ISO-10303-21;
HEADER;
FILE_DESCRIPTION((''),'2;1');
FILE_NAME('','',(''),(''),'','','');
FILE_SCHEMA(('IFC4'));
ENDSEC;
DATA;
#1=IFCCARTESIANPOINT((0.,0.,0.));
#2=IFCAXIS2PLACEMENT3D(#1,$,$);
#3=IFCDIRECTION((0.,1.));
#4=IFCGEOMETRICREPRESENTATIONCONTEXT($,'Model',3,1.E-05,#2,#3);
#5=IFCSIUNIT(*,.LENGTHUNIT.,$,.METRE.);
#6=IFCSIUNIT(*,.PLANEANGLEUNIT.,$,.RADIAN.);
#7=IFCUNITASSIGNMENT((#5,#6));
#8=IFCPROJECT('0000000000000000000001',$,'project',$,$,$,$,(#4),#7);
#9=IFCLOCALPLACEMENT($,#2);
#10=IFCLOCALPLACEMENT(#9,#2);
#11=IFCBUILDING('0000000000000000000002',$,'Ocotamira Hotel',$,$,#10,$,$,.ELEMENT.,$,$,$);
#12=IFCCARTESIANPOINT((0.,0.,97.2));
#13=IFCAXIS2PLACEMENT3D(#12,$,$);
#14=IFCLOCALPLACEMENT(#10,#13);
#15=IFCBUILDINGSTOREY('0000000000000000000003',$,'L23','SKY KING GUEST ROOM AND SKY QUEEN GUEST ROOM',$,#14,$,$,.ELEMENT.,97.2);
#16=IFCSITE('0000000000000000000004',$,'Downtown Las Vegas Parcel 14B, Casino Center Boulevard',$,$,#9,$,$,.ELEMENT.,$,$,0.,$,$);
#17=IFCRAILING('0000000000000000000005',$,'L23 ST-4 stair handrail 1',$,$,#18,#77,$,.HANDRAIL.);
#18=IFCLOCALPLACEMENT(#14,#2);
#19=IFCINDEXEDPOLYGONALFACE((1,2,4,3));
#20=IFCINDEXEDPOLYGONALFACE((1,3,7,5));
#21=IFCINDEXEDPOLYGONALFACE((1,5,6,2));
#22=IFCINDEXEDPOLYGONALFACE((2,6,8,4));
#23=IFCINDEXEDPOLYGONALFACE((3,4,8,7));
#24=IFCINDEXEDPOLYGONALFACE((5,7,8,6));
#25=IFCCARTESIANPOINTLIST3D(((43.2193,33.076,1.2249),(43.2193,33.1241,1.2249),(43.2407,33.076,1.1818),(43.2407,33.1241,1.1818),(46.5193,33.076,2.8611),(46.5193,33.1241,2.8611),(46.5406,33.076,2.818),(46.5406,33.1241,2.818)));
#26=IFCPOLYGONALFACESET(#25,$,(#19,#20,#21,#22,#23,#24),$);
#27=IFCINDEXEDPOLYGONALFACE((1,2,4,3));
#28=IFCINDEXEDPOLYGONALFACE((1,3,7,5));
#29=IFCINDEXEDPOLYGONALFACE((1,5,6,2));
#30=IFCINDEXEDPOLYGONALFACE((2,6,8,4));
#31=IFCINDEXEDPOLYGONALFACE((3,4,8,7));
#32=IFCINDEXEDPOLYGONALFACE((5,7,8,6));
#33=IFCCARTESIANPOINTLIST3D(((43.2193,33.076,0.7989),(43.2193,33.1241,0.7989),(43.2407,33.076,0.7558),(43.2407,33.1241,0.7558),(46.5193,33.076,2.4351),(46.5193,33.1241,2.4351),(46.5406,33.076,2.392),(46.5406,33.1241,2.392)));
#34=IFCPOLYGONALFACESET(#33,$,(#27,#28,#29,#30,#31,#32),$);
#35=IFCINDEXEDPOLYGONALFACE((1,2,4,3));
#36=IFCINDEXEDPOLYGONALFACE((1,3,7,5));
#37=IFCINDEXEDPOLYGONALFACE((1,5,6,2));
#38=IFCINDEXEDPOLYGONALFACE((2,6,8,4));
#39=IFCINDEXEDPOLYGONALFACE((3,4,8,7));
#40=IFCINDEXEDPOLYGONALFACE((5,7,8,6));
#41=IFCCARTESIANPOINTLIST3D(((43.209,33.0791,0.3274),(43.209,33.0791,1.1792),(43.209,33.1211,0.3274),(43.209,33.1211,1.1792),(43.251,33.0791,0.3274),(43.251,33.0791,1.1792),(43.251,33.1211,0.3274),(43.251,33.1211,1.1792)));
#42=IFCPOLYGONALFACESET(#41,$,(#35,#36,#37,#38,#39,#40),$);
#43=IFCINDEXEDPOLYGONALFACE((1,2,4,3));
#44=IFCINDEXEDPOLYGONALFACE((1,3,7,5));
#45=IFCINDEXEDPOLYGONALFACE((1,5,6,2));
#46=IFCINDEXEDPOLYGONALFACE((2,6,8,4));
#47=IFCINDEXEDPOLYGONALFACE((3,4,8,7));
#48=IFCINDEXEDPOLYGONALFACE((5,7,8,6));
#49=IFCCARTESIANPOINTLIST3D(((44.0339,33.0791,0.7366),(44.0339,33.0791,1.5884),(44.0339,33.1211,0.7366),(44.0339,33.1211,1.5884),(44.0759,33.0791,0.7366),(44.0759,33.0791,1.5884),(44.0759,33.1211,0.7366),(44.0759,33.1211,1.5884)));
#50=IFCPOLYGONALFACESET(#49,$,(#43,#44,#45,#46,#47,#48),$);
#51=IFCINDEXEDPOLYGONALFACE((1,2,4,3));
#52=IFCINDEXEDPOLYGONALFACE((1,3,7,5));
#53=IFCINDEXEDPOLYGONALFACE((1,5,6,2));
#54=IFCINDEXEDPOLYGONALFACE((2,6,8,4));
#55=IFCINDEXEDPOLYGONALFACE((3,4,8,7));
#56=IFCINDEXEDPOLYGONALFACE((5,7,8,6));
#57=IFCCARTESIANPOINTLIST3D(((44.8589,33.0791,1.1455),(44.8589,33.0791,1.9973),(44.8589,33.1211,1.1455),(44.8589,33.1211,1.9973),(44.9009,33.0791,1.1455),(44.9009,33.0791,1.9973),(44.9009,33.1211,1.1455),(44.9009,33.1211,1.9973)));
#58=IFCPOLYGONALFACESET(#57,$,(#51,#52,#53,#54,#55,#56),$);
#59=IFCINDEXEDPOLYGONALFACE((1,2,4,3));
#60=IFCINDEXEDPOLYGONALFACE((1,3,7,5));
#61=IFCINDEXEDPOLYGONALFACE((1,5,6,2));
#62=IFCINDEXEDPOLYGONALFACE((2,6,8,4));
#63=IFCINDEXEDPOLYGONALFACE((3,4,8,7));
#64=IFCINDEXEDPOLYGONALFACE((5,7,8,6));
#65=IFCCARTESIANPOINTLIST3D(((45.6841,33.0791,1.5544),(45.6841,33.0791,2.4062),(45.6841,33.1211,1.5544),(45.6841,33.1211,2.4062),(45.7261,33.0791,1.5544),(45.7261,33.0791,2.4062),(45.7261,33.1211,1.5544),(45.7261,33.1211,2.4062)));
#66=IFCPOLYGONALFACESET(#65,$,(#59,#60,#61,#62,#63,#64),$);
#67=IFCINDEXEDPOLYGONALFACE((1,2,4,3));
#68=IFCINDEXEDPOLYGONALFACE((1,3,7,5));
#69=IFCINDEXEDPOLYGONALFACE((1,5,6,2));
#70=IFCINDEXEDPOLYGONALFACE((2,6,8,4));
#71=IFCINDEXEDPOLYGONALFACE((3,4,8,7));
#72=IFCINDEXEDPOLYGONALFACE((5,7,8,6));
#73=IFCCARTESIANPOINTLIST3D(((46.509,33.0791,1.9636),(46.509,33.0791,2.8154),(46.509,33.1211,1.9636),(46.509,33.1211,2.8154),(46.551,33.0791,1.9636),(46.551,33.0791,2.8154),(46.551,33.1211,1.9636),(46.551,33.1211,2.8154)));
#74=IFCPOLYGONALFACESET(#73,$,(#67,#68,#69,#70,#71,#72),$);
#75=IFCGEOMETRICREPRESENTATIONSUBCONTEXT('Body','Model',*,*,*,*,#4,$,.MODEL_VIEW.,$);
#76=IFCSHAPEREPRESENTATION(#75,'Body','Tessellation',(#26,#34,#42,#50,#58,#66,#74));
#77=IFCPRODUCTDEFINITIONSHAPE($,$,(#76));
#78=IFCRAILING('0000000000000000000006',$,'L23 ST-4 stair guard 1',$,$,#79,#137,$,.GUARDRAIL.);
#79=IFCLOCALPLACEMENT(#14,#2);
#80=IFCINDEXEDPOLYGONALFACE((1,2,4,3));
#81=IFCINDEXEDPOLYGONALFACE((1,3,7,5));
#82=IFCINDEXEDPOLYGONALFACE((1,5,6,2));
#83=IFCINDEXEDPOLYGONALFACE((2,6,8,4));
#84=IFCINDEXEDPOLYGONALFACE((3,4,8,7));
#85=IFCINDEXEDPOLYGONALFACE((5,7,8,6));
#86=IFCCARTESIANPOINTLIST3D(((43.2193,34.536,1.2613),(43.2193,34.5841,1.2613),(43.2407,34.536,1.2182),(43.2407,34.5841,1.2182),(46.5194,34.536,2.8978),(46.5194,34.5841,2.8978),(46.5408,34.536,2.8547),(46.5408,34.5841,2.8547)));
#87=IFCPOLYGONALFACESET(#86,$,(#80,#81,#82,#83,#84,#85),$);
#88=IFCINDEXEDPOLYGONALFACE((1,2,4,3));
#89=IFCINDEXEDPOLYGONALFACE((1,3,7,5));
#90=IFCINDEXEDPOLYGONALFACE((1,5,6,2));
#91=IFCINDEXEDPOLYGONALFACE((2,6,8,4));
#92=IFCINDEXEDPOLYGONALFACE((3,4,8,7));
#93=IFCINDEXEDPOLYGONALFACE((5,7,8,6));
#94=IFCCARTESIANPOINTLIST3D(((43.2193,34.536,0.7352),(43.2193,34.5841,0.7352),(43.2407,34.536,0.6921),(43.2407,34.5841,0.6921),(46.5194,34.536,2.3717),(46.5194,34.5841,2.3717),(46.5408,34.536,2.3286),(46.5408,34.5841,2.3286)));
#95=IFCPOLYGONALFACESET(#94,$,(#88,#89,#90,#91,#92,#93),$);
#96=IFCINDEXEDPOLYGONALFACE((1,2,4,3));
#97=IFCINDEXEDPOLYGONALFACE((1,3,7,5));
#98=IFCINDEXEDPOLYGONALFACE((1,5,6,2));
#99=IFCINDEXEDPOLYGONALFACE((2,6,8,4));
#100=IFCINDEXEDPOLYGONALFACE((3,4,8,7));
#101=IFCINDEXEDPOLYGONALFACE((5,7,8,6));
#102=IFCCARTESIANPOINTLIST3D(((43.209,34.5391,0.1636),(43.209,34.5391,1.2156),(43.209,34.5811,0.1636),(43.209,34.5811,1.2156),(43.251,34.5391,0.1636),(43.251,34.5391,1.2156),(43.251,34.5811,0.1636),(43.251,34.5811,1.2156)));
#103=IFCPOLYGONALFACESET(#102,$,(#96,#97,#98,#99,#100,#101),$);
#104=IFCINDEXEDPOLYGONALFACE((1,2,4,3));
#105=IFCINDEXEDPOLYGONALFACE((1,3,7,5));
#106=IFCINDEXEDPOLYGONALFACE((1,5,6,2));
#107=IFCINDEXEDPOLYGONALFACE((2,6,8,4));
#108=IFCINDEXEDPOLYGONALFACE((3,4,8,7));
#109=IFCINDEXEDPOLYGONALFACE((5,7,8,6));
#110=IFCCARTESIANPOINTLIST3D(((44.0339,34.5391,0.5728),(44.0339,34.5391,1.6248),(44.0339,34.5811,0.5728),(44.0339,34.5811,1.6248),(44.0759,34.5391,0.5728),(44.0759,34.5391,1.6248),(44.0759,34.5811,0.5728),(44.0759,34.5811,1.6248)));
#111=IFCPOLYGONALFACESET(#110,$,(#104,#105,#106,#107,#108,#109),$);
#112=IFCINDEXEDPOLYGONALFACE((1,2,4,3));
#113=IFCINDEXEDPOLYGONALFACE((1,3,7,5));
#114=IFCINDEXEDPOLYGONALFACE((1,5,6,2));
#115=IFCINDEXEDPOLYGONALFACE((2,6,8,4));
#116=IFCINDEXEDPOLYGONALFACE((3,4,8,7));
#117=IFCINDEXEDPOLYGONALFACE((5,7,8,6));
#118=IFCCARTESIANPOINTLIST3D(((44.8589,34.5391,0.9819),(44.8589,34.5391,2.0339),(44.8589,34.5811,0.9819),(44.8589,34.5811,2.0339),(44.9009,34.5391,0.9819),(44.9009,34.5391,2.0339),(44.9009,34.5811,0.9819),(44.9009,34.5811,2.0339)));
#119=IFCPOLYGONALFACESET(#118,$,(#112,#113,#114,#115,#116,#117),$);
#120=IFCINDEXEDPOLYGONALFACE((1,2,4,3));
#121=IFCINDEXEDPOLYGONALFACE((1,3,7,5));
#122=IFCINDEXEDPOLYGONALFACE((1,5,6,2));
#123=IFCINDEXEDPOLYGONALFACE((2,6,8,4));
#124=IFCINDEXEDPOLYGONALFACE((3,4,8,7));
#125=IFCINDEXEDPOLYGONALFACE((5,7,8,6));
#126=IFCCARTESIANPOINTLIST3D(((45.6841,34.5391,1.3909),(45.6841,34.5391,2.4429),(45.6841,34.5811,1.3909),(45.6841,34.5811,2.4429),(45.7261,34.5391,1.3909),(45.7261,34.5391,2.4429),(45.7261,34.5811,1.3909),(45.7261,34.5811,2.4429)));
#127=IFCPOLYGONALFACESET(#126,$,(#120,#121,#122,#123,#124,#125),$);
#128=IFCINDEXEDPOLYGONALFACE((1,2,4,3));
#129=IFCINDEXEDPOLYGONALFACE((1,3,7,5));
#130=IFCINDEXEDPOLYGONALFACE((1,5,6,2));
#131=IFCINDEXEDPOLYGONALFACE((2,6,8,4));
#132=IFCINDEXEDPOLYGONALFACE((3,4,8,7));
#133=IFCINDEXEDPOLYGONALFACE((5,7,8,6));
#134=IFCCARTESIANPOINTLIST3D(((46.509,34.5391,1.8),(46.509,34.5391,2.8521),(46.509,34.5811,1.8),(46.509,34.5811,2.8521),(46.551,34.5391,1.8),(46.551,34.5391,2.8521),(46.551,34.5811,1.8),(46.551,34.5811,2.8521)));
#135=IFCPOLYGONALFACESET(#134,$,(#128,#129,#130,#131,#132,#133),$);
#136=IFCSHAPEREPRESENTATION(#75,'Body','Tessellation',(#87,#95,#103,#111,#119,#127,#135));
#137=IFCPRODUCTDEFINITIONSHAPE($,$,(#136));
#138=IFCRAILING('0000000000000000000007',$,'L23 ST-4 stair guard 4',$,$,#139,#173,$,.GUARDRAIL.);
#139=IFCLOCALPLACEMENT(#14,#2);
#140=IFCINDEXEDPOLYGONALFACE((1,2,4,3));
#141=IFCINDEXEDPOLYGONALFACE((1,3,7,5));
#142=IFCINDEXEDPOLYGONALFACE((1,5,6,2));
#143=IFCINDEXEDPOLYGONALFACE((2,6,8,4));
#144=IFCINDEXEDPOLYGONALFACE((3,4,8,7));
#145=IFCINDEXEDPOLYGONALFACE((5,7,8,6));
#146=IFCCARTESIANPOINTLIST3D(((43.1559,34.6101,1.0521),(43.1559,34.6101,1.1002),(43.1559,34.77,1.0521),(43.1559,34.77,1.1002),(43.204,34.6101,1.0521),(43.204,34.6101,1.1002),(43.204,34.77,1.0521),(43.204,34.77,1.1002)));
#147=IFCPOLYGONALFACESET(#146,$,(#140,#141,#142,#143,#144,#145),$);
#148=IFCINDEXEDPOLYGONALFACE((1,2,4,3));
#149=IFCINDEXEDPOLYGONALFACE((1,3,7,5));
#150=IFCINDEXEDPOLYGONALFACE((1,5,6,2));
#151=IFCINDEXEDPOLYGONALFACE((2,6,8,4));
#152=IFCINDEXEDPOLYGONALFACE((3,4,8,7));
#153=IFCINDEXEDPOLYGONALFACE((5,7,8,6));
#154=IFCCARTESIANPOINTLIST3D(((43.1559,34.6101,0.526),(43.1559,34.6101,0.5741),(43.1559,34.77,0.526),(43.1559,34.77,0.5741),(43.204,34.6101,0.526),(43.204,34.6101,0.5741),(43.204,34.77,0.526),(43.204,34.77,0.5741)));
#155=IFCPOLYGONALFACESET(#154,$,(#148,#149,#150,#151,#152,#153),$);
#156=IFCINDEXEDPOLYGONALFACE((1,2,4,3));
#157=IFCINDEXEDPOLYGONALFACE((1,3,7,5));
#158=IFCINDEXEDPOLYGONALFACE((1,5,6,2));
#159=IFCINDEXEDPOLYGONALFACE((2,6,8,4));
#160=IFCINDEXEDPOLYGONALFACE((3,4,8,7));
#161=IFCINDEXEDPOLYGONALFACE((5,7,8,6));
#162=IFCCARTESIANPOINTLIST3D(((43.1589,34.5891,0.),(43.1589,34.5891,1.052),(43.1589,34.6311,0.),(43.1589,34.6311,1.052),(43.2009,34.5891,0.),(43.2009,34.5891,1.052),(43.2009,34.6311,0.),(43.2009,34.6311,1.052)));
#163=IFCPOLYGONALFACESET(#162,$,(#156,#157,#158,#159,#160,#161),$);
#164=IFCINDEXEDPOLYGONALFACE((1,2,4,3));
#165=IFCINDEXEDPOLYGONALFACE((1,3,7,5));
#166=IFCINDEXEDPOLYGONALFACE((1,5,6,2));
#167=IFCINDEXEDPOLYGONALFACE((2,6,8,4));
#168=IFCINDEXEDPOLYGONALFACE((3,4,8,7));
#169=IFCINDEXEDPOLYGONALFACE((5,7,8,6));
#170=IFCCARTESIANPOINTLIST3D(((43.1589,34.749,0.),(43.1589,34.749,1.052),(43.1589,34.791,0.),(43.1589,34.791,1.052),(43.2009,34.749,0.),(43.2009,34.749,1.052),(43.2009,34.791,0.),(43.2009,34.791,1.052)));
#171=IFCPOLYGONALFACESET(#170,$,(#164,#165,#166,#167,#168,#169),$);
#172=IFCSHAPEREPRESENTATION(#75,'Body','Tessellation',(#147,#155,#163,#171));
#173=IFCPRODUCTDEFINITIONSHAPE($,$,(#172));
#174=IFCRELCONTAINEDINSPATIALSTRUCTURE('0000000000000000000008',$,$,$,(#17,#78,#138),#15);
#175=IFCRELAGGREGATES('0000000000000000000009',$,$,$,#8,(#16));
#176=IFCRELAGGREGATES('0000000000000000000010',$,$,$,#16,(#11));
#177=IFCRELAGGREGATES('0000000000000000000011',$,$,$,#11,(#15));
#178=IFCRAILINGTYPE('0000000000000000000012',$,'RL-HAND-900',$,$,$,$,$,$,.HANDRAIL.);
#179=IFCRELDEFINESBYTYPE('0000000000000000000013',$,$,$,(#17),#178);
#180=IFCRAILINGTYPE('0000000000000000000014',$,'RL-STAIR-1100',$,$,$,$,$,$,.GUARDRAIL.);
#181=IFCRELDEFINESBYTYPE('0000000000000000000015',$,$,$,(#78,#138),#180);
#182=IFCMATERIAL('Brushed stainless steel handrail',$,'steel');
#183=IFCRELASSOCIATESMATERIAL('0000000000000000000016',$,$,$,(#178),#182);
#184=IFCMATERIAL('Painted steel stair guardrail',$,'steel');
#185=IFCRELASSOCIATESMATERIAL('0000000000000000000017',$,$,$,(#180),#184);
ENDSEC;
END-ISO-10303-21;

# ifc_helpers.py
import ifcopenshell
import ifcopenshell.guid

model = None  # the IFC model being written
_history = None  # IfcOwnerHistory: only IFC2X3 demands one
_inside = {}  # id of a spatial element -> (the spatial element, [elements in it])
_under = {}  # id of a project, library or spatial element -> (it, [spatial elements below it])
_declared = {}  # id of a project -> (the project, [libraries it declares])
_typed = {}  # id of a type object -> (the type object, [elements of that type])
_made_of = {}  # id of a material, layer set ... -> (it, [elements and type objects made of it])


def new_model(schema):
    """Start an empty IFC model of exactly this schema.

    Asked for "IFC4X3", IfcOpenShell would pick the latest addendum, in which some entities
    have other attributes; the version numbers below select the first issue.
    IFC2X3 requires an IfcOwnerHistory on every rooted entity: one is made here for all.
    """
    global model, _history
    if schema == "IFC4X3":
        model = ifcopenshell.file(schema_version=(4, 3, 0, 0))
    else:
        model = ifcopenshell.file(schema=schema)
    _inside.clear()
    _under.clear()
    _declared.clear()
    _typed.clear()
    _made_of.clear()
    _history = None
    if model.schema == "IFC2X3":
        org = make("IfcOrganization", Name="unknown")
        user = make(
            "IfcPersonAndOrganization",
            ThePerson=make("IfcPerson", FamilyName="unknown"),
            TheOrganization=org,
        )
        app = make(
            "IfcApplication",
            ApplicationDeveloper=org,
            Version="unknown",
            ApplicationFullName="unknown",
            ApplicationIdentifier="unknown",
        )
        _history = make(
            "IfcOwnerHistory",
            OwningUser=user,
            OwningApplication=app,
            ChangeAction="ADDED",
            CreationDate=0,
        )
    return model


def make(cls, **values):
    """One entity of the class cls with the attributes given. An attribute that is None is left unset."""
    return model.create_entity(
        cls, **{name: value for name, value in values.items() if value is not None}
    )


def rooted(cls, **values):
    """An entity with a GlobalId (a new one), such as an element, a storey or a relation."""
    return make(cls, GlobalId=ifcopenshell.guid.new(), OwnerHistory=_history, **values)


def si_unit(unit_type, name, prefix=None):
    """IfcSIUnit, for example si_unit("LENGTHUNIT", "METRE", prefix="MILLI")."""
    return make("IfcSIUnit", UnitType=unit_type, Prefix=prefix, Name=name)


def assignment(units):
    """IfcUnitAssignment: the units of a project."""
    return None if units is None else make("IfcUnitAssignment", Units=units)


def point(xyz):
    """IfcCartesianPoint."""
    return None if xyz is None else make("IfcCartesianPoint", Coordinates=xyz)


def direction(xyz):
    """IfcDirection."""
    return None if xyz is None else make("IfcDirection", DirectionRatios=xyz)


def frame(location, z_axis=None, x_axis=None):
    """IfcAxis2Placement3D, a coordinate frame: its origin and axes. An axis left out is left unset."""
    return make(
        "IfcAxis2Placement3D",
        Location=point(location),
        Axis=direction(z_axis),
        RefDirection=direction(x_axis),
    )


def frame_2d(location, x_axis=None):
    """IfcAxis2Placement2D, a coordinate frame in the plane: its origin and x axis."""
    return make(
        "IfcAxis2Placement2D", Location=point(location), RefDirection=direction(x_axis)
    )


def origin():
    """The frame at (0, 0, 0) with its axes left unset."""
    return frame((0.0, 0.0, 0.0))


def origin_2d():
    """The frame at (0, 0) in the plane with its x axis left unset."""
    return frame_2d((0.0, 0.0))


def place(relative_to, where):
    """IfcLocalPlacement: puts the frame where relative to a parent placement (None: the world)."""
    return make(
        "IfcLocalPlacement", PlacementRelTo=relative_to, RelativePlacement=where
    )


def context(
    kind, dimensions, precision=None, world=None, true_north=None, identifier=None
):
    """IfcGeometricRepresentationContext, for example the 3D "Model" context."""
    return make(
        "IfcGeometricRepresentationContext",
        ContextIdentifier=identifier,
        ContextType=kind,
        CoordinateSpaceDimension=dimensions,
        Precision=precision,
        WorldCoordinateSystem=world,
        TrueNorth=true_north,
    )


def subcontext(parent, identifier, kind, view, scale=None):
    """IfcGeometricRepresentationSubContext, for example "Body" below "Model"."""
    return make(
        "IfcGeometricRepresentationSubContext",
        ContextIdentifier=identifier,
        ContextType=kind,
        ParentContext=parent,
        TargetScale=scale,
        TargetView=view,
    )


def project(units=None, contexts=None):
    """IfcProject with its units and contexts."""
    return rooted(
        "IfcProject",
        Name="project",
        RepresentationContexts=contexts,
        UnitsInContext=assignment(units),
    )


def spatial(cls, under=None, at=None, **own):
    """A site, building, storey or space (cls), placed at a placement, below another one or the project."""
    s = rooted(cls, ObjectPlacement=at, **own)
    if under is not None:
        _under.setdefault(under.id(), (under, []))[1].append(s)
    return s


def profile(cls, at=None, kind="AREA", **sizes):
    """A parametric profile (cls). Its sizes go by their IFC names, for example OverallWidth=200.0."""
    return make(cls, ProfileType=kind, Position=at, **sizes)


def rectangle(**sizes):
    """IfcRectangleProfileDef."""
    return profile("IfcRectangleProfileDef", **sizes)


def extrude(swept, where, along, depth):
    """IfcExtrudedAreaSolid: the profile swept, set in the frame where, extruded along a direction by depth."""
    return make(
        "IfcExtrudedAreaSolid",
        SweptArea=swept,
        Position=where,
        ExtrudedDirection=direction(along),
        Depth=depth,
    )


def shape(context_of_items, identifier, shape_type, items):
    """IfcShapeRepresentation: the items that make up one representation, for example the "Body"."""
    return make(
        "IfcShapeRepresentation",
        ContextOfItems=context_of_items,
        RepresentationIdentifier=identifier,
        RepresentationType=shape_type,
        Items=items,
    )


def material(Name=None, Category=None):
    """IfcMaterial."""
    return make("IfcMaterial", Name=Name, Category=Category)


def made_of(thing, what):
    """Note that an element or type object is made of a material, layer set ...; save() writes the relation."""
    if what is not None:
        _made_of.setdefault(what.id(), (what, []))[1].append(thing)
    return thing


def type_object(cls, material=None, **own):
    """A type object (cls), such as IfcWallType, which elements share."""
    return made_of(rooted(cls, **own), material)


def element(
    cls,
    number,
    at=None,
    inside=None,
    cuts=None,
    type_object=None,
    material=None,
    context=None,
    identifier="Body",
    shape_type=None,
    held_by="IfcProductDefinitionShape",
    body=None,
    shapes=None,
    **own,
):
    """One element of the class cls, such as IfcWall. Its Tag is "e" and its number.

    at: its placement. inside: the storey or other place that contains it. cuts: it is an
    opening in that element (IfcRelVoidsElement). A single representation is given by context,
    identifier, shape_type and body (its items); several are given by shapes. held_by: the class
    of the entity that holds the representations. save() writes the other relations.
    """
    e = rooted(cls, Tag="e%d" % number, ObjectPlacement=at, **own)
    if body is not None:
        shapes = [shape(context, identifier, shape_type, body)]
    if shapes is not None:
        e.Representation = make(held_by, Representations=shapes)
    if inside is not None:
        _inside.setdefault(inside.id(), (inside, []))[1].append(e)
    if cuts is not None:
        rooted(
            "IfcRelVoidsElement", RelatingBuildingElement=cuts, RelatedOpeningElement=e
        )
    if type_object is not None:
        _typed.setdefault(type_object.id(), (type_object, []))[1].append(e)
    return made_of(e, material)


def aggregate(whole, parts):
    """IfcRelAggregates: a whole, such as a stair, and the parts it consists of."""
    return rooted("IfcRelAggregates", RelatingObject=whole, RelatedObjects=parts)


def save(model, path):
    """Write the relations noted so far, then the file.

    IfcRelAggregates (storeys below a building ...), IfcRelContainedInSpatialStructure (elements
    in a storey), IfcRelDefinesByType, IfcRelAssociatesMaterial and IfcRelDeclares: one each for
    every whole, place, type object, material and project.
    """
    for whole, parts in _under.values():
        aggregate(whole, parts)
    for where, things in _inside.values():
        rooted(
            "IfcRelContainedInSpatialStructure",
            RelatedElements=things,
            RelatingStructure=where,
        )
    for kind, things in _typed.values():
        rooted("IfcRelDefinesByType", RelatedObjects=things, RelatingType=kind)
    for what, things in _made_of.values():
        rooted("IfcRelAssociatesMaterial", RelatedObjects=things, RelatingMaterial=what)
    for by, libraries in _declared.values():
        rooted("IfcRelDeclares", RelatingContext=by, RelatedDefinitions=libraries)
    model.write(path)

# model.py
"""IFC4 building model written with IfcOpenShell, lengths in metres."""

from ifc_helpers import new_model, si_unit, direction, frame, origin, origin_2d, place, context, subcontext, project, spatial, rectangle, extrude, material, type_object, element, save


model = new_model("IFC4")

# Units and contexts
model_context = context("Model", 3, precision=1e-05, world=origin(), true_north=direction((0.0, 1.0)))
body_context = subcontext(model_context, "Body", "Model", "MODEL_VIEW")
ifc_project = project(units=[si_unit("LENGTHUNIT", "METRE"), si_unit("PLANEANGLEUNIT", "RADIAN")], contexts=[model_context])

# Site, building, storey
site_placement = place(None, origin())
site = spatial("IfcSite", under=ifc_project, at=site_placement, Name="Downtown Las Vegas Parcel 14B, Casino Center Boulevard", CompositionType="ELEMENT", RefElevation=0.0)
building_placement = place(site_placement, origin())
building = spatial("IfcBuilding", under=site, at=building_placement, Name="Ocotamira Hotel", CompositionType="ELEMENT")
storey_placement = place(building_placement, frame((0.0, 0.0, 97.2)))
storey = spatial("IfcBuildingStorey", under=building, at=storey_placement, Name="L23", Description="SKY KING GUEST ROOM AND SKY QUEEN GUEST ROOM", CompositionType="ELEMENT", Elevation=97.2)

# Railings
ifc_material_1 = material(Name="Painted steel stair guardrail", Category="steel")
ifc_material_2 = material(Name="Brushed stainless steel handrail", Category="steel")
railing_type_1 = type_object("IfcRailingType", Name="RL-HAND-900", PredefinedType="HANDRAIL", material=ifc_material_2)
railing_1_placement = place(storey_placement, frame((43.23, 33.1001, 0.3274)))
element("IfcRailing", 1, at=railing_1_placement, inside=storey, type_object=railing_type_1, Name="L23 ST-4 stair handrail 1", PredefinedType="HANDRAIL", context=body_context, shape_type="SweptSolid", body=[
    extrude(rectangle(XDim=0.0481, YDim=0.0481, at=origin_2d()), frame((0.0, 0.0, 0.876), z_axis=(0.89592, 0.0, 0.444215), x_axis=(0.0, 1.0, 0.0)), (0.0, 0.0, 1.0), 3.6833),
    extrude(rectangle(XDim=0.0481, YDim=0.0481, at=origin_2d()), frame((0.0, 0.0, 0.45), z_axis=(0.89592, 0.0, 0.444215), x_axis=(0.0, 1.0, 0.0)), (0.0, 0.0, 1.0), 3.6833),
    extrude(rectangle(XDim=0.042, YDim=0.042, at=origin_2d()), origin(), (0.0, 0.0, 1.0), 0.8518),
    extrude(rectangle(XDim=0.042, YDim=0.042, at=origin_2d()), frame((0.825, 0.0, 0.4092)), (0.0, 0.0, 1.0), 0.8518),
    extrude(rectangle(XDim=0.042, YDim=0.042, at=origin_2d()), frame((1.6499, 0.0, 0.8181)), (0.0, 0.0, 1.0), 0.8518),
    extrude(rectangle(XDim=0.042, YDim=0.042, at=origin_2d()), frame((2.4751, 0.0, 1.2271)), (0.0, 0.0, 1.0), 0.8518),
    extrude(rectangle(XDim=0.042, YDim=0.042, at=origin_2d()), frame((3.3, 0.0, 1.6362)), (0.0, 0.0, 1.0), 0.8518),
])
railing_type_2 = type_object("IfcRailingType", Name="RL-STAIR-1100", PredefinedType="GUARDRAIL", material=ifc_material_1)
railing_2_placement = place(storey_placement, frame((43.23, 34.5601, 0.1636)))
element("IfcRailing", 2, at=railing_2_placement, inside=storey, type_object=railing_type_2, Name="L23 ST-4 stair guard 1", PredefinedType="GUARDRAIL", context=body_context, shape_type="SweptSolid", body=[
    extrude(rectangle(XDim=0.0481, YDim=0.0481, at=origin_2d()), frame((0.0, 0.0, 1.0762), z_axis=(0.895894, 0.0, 0.444268), x_axis=(0.0, 1.0, 0.0)), (0.0, 0.0, 1.0), 3.6836),
    extrude(rectangle(XDim=0.0481, YDim=0.0481, at=origin_2d()), frame((0.0, 0.0, 0.55), z_axis=(0.895894, 0.0, 0.444268), x_axis=(0.0, 1.0, 0.0)), (0.0, 0.0, 1.0), 3.6836),
    extrude(rectangle(XDim=0.042, YDim=0.042, at=origin_2d()), origin(), (0.0, 0.0, 1.0), 1.052),
    extrude(rectangle(XDim=0.042, YDim=0.042, at=origin_2d()), frame((0.825, 0.0, 0.4092)), (0.0, 0.0, 1.0), 1.052),
    extrude(rectangle(XDim=0.042, YDim=0.042, at=origin_2d()), frame((1.6499, 0.0, 0.8184)), (0.0, 0.0, 1.0), 1.052),
    extrude(rectangle(XDim=0.042, YDim=0.042, at=origin_2d()), frame((2.4751, 0.0, 1.2273)), (0.0, 0.0, 1.0), 1.052),
    extrude(rectangle(XDim=0.042, YDim=0.042, at=origin_2d()), frame((3.3, 0.0, 1.6365)), (0.0, 0.0, 1.0), 1.052),
])
railing_3_placement = place(storey_placement, frame((43.1799, 34.6101, 0.0)))
element("IfcRailing", 3, at=railing_3_placement, inside=storey, type_object=railing_type_2, Name="L23 ST-4 stair guard 4", PredefinedType="GUARDRAIL", context=body_context, shape_type="SweptSolid", body=[
    extrude(rectangle(XDim=0.0481, YDim=0.0481, at=origin_2d()), frame((0.0, 0.0, 1.0762), z_axis=(0.0, 1.0, 0.0), x_axis=(-1.0, 0.0, 0.0)), (0.0, 0.0, 1.0), 0.1599),
    extrude(rectangle(XDim=0.0481, YDim=0.0481, at=origin_2d()), frame((0.0, 0.0, 0.55), z_axis=(0.0, 1.0, 0.0), x_axis=(-1.0, 0.0, 0.0)), (0.0, 0.0, 1.0), 0.1599),
    extrude(rectangle(XDim=0.042, YDim=0.042, at=origin_2d()), origin(), (0.0, 0.0, 1.0), 1.052),
    extrude(rectangle(XDim=0.042, YDim=0.042, at=origin_2d()), frame((0.0, 0.1599, 0.0)), (0.0, 0.0, 1.0), 1.052),
])

save(model, "model.ifc")
